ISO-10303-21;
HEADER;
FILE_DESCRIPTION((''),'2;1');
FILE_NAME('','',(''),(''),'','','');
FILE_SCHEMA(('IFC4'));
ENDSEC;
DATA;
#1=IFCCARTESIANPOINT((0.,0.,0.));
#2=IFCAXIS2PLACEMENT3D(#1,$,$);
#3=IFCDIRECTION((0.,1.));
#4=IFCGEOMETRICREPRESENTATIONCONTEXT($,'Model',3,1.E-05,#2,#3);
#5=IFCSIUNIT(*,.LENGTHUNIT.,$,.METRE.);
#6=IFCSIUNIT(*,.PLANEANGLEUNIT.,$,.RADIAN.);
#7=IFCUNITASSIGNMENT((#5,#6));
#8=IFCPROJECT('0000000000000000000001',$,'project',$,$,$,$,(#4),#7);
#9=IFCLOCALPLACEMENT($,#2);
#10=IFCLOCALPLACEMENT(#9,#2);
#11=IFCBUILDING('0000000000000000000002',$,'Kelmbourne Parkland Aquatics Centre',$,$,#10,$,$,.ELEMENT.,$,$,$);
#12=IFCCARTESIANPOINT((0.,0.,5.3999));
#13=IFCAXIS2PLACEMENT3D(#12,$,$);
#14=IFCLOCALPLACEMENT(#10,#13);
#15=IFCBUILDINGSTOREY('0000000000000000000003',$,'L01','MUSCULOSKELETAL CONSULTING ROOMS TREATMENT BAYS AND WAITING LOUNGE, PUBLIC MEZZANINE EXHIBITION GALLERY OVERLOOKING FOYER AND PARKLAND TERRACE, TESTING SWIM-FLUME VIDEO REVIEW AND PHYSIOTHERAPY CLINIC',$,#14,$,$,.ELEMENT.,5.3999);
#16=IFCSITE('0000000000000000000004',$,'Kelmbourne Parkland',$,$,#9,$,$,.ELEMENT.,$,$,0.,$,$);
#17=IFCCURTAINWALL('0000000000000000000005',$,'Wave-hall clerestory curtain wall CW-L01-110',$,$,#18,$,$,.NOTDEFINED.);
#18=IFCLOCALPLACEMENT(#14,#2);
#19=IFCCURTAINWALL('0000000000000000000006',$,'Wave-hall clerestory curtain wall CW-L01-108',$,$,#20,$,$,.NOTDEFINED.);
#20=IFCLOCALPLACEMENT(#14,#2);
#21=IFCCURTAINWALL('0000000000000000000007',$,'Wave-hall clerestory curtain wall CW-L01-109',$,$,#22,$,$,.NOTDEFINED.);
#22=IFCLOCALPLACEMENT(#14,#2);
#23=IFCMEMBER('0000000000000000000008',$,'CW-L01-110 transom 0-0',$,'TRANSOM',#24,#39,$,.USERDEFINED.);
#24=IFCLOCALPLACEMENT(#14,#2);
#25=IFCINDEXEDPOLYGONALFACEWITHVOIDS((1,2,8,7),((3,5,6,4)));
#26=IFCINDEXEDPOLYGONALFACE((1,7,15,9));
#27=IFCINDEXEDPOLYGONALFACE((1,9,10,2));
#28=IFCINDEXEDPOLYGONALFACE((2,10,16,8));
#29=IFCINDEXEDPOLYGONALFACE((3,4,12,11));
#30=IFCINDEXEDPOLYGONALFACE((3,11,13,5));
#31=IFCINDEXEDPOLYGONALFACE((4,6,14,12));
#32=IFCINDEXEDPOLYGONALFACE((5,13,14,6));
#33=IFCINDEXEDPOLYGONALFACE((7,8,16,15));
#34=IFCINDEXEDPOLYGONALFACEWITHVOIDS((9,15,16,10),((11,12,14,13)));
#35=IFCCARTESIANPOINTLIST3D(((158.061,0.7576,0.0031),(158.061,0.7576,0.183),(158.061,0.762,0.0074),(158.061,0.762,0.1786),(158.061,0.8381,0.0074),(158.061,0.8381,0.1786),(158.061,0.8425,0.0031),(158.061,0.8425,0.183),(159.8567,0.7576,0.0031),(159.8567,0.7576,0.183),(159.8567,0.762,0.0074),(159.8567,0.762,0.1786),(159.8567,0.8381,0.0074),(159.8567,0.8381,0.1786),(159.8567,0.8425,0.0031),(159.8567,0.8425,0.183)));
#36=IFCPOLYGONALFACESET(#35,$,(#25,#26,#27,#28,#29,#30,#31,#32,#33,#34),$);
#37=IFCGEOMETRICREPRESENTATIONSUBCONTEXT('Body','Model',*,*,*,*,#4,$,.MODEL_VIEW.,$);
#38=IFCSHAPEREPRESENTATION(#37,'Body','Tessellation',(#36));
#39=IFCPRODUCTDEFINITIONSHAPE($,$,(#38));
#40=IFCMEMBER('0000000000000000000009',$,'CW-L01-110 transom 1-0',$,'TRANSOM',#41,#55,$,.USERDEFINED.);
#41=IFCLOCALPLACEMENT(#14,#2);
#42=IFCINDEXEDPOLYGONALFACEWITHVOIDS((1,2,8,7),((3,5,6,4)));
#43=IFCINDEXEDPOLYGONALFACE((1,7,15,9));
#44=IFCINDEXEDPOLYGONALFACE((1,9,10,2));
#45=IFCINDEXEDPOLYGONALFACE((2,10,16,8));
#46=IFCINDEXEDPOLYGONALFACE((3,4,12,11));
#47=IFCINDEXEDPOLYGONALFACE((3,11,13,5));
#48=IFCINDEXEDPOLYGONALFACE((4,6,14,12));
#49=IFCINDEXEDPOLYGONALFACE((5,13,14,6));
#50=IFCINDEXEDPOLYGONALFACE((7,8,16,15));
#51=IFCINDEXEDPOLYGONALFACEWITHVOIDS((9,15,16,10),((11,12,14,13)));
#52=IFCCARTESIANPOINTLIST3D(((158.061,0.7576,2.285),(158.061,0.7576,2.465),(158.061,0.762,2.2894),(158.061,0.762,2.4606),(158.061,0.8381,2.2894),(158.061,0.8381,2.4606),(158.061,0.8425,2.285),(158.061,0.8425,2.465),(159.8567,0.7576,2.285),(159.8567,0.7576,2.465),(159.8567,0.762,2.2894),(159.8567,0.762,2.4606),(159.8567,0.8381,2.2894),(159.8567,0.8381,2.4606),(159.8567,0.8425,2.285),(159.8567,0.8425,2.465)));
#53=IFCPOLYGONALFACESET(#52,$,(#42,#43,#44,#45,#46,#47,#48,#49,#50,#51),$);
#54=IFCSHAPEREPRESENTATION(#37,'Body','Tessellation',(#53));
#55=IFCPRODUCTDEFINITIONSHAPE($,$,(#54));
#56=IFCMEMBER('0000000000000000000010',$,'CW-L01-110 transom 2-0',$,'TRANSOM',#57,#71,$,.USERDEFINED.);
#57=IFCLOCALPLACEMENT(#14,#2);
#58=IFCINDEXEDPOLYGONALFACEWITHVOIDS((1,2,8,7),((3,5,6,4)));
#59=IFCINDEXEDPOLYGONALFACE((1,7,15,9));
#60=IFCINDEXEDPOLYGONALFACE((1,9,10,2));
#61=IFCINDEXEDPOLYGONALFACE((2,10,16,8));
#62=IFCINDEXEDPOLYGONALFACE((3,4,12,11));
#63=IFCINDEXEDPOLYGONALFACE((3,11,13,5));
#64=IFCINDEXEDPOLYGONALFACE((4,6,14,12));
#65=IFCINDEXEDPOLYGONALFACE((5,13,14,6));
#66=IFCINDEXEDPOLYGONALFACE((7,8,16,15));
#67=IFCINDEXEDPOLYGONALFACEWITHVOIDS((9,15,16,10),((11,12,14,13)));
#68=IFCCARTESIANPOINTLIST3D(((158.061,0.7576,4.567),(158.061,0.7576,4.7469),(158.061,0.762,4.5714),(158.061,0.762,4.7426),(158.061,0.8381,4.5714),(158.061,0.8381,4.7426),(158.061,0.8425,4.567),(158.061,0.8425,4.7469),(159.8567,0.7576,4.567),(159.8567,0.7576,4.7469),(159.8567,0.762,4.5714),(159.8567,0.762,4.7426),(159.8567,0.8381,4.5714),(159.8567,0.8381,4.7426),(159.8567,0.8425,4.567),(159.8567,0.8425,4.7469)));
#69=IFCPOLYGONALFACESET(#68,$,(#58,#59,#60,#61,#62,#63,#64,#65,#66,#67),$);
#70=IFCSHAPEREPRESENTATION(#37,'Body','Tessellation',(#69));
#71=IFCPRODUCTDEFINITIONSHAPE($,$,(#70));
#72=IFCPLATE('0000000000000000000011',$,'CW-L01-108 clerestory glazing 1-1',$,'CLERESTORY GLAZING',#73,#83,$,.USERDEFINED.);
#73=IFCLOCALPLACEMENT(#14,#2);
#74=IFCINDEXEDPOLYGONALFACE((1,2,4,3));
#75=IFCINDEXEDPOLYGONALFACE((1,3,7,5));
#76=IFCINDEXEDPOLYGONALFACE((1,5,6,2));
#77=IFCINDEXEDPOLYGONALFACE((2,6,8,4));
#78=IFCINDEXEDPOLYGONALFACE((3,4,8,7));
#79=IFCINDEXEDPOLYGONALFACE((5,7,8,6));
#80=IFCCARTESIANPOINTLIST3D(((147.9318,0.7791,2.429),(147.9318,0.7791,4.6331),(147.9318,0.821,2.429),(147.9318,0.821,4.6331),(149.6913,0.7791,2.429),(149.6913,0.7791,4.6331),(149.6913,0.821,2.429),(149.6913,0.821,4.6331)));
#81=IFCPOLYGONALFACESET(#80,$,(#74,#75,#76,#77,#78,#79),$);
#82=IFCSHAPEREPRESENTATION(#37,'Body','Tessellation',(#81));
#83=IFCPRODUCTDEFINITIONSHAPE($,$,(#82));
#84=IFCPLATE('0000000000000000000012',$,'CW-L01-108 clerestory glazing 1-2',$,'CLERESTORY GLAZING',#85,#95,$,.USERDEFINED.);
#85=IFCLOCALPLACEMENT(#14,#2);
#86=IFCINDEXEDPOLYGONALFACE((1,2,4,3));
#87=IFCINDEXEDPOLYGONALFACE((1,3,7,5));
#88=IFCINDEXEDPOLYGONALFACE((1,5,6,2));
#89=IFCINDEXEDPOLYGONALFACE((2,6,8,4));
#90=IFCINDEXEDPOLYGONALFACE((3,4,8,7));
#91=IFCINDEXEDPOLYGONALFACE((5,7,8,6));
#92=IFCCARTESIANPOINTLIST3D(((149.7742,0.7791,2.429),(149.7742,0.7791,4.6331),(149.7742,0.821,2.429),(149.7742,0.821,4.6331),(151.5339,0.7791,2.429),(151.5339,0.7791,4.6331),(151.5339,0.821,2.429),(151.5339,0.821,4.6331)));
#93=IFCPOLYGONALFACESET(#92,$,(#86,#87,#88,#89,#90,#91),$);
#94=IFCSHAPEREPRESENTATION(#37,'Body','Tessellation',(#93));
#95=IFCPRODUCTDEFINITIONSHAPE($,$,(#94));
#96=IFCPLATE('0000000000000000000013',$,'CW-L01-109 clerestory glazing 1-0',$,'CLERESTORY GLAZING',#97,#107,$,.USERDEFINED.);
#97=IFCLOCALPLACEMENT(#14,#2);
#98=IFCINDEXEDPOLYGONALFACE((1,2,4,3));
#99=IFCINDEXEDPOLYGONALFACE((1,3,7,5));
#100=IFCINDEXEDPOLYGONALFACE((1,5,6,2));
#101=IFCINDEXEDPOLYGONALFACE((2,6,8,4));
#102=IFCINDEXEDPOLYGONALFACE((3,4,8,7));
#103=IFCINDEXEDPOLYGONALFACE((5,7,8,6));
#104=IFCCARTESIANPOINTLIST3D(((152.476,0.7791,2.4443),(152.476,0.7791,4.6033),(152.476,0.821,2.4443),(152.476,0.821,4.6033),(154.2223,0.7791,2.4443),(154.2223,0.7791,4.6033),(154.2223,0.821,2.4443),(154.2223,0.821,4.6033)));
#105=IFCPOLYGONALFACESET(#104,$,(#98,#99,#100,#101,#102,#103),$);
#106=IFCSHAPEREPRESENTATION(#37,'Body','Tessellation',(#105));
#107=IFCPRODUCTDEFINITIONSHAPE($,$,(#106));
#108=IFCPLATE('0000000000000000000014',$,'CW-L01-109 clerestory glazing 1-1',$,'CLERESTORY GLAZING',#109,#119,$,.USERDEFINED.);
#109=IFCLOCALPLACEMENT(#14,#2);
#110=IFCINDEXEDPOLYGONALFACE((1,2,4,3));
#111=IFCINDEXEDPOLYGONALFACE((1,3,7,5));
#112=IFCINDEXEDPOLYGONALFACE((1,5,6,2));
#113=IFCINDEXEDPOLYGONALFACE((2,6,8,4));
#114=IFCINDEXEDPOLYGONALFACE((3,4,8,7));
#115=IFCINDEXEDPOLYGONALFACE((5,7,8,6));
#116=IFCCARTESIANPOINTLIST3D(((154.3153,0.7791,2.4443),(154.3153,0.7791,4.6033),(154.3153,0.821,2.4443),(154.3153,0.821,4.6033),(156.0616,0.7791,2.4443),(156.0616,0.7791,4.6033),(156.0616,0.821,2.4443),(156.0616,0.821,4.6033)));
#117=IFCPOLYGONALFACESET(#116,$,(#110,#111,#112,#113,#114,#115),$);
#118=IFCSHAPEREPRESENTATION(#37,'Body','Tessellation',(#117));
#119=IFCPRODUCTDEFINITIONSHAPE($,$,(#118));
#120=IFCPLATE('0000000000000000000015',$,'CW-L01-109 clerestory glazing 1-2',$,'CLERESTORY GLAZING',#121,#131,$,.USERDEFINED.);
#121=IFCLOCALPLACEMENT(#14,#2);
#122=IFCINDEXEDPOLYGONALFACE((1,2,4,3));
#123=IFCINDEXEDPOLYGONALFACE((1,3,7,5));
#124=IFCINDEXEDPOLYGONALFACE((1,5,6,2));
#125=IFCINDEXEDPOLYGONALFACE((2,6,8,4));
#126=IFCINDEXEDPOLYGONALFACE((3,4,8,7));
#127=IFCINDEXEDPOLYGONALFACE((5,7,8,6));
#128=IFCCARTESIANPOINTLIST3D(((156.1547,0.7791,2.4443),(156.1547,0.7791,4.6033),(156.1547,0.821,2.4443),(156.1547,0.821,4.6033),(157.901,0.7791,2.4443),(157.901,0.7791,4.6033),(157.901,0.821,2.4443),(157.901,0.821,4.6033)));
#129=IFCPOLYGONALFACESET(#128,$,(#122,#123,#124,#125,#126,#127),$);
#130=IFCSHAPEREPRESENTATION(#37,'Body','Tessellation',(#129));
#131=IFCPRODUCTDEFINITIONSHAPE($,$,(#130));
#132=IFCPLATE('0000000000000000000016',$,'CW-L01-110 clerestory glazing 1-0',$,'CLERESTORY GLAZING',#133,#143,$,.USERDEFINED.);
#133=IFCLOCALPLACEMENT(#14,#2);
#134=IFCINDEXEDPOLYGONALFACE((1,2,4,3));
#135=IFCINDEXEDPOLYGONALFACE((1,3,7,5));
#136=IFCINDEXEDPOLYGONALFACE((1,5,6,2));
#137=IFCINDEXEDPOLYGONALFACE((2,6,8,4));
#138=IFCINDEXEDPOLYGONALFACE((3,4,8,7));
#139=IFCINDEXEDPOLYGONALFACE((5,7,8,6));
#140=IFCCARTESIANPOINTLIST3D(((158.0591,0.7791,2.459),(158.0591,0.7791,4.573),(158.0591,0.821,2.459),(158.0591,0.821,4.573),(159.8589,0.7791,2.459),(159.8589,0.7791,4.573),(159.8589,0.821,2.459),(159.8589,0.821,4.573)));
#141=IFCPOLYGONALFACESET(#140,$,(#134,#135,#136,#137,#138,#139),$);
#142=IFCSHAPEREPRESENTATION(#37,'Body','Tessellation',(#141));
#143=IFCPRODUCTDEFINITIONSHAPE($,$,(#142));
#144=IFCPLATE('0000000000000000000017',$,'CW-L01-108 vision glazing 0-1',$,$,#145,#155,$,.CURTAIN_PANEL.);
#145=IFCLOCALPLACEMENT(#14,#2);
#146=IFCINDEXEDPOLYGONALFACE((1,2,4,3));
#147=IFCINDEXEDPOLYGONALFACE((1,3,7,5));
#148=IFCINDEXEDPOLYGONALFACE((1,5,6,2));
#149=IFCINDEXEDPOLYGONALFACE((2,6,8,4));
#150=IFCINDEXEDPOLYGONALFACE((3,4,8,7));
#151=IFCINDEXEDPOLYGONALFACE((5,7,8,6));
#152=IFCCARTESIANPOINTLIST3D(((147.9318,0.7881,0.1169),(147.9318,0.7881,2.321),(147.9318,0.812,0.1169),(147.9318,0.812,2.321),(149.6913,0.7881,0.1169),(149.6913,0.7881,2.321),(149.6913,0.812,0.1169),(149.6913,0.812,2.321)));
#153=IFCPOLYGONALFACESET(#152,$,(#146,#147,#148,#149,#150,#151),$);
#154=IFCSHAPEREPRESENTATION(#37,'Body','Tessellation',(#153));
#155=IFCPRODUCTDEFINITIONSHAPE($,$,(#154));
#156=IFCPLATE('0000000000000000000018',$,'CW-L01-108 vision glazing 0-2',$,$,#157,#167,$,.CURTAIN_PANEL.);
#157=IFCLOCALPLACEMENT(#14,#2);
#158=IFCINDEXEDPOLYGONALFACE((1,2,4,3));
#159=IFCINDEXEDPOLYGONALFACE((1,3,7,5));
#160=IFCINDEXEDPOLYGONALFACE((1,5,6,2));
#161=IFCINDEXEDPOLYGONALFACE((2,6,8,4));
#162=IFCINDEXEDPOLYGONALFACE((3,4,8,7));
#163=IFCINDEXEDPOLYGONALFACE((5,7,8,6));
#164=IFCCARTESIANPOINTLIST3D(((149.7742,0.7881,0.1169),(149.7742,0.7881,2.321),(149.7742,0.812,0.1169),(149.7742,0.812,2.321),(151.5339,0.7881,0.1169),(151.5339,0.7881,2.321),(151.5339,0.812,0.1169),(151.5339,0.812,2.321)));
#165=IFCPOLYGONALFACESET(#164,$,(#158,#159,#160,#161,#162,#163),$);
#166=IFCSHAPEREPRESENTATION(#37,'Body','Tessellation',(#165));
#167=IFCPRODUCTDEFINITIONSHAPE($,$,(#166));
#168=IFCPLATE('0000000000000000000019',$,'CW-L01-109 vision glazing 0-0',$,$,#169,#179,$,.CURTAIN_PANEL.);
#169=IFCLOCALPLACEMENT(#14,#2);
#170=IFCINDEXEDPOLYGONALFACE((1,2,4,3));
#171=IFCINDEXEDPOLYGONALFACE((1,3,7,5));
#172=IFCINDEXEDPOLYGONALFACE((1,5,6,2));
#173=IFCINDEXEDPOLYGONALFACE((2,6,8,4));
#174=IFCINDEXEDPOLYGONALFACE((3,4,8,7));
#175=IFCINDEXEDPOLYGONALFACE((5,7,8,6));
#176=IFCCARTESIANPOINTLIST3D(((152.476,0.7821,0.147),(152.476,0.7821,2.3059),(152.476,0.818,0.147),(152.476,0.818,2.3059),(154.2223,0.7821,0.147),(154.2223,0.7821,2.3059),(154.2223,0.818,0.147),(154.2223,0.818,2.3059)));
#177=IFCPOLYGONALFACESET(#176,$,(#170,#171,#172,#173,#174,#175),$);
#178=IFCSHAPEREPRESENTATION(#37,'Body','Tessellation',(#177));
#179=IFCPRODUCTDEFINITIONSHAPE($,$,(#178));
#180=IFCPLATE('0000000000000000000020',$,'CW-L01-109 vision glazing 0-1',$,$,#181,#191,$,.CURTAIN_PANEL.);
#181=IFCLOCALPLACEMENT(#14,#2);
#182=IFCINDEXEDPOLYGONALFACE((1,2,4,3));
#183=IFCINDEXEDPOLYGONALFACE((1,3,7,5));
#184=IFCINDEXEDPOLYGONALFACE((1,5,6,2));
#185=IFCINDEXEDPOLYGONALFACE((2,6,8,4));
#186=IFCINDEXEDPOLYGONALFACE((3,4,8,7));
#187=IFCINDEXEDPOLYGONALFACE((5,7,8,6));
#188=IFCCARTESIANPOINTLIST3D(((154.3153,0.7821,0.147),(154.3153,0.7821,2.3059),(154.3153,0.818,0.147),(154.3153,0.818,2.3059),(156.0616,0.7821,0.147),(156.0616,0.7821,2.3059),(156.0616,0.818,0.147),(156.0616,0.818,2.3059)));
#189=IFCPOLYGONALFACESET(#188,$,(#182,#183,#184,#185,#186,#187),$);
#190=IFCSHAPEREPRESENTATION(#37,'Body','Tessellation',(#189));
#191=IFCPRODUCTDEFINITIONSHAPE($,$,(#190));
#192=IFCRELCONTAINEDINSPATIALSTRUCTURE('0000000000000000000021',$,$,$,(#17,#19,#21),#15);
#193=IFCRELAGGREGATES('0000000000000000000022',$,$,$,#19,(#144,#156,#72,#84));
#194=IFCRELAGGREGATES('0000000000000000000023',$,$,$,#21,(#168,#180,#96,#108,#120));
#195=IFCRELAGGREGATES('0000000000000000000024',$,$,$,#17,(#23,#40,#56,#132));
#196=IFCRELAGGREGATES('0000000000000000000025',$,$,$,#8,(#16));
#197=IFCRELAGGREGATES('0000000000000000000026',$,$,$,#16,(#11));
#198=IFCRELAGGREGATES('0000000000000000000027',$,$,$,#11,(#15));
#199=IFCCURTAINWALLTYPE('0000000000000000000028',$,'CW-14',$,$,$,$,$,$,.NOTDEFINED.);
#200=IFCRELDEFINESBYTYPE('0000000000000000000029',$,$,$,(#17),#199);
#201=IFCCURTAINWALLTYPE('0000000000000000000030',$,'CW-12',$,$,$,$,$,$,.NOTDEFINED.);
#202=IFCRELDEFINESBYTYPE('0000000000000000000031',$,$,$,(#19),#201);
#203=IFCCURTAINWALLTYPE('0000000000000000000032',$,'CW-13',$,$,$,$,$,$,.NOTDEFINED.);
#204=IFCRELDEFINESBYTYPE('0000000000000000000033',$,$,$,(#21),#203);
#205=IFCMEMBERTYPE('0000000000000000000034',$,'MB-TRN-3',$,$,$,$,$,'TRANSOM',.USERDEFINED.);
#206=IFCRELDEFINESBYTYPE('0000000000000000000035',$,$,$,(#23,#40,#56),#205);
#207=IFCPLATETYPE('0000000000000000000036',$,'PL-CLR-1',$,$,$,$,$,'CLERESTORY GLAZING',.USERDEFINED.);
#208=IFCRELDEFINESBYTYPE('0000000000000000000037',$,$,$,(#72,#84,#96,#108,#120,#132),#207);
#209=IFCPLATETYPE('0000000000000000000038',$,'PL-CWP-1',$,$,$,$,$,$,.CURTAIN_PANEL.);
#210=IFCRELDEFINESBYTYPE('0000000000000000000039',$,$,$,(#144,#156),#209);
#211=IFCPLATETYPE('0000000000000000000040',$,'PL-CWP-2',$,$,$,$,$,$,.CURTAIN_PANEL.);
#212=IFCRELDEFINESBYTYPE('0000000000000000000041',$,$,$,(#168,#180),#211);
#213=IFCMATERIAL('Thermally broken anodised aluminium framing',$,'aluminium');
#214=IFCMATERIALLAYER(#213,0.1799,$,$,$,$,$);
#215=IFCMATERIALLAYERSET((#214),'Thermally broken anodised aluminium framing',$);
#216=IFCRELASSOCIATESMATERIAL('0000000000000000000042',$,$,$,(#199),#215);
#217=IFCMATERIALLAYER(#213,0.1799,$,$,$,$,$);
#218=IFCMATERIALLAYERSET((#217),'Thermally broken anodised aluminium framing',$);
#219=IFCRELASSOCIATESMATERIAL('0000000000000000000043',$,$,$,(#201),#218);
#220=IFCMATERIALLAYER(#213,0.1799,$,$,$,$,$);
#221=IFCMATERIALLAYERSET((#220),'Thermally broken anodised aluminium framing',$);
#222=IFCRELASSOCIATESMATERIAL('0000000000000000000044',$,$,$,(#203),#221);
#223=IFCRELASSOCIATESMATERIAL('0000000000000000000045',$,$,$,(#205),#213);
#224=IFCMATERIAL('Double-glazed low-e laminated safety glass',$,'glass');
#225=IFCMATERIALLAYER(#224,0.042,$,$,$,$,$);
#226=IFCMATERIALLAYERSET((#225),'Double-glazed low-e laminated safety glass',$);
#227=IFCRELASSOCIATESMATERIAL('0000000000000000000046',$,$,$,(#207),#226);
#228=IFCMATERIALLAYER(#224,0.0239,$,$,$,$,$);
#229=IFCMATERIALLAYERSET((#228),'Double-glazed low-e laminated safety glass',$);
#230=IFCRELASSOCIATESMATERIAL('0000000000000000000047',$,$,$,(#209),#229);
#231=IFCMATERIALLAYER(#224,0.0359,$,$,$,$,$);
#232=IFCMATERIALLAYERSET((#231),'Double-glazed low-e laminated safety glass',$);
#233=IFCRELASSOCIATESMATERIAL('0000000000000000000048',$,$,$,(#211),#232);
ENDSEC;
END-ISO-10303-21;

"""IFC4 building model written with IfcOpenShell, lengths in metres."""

from ifc_helpers import new_model, si_unit, direction, frame, origin, origin_2d, place, context, subcontext, project, spatial, rectangle, hollow_rectangle, extrude, material, layer, layer_set, material_profile, profile_set, type_object, element, aggregate, save


model = new_model("IFC4")

# Units and contexts
model_context = context("Model", 3, precision=1e-05, world=origin(), true_north=direction((0.0, 1.0)))
body_context = subcontext(model_context, "Body", "Model", "MODEL_VIEW")
ifc_project = project(units=[si_unit("LENGTHUNIT", "METRE"), si_unit("PLANEANGLEUNIT", "RADIAN")], contexts=[model_context])

# Site, building, storey
site_placement = place(None, origin())
site = spatial("IfcSite", under=ifc_project, at=site_placement, Name="Kelmbourne Parkland", CompositionType="ELEMENT", RefElevation=0.0)
building_placement = place(site_placement, origin())
building = spatial("IfcBuilding", under=site, at=building_placement, Name="Kelmbourne Parkland Aquatics Centre", CompositionType="ELEMENT")
storey_placement = place(building_placement, frame((0.0, 0.0, 5.3999)))
storey = spatial("IfcBuildingStorey", under=building, at=storey_placement, Name="L01", Description="MUSCULOSKELETAL CONSULTING ROOMS TREATMENT BAYS AND WAITING LOUNGE, PUBLIC MEZZANINE EXHIBITION GALLERY OVERLOOKING FOYER AND PARKLAND TERRACE, TESTING SWIM-FLUME VIDEO REVIEW AND PHYSIOTHERAPY CLINIC", CompositionType="ELEMENT", Elevation=5.3999)

# Curtain wall
ifc_material_1 = material(Name="Thermally broken anodised aluminium framing", Category="aluminium")
ifc_layer_1 = layer(ifc_material_1, 0.1799)
ifc_layer_set_1 = layer_set([ifc_layer_1], Name="Thermally broken anodised aluminium framing")
curtain_wall_type_1 = type_object("IfcCurtainWallType", Name="CW-14", PredefinedType="NOTDEFINED", material=ifc_layer_set_1)
curtain_wall_1_placement = place(storey_placement, origin())
curtain_wall_1 = element("IfcCurtainWall", 1, at=curtain_wall_1_placement, inside=storey, type_object=curtain_wall_type_1, Name="Wave-hall clerestory curtain wall CW-L01-110", PredefinedType="NOTDEFINED")

# Curtain walls
ifc_layer_2 = layer(ifc_material_1, 0.1799)
ifc_layer_set_2 = layer_set([ifc_layer_2], Name="Thermally broken anodised aluminium framing")
curtain_wall_type_2 = type_object("IfcCurtainWallType", Name="CW-12", PredefinedType="NOTDEFINED", material=ifc_layer_set_2)
curtain_wall_2_placement = place(storey_placement, origin())
curtain_wall_2 = element("IfcCurtainWall", 2, at=curtain_wall_2_placement, inside=storey, type_object=curtain_wall_type_2, Name="Wave-hall clerestory curtain wall CW-L01-108", PredefinedType="NOTDEFINED")
ifc_layer_3 = layer(ifc_material_1, 0.1799)
ifc_layer_set_3 = layer_set([ifc_layer_3], Name="Thermally broken anodised aluminium framing")
curtain_wall_type_3 = type_object("IfcCurtainWallType", Name="CW-13", PredefinedType="NOTDEFINED", material=ifc_layer_set_3)
curtain_wall_3_placement = place(storey_placement, origin())
curtain_wall_3 = element("IfcCurtainWall", 3, at=curtain_wall_3_placement, inside=storey, type_object=curtain_wall_type_3, Name="Wave-hall clerestory curtain wall CW-L01-109", PredefinedType="NOTDEFINED")

# Members
ifc_material_profile_1 = material_profile(ifc_material_1, hollow_rectangle(XDim=0.085, YDim=0.1799, WallThickness=0.0044, at=origin_2d()), Name="CW-T 85x180")
ifc_profile_set_1 = profile_set([ifc_material_profile_1], Name="Thermally broken anodised aluminium framing")
member_type_1 = type_object("IfcMemberType", Name="MB-TRN-3", ElementType="TRANSOM", PredefinedType="USERDEFINED", material=ifc_profile_set_1)
member_1_placement = place(storey_placement, frame((158.061, 0.8, 0.093), z_axis=(1.0, 0.0, 0.0), x_axis=(0.0, 1.0, 0.0)))
member_1 = element("IfcMember", 4, at=member_1_placement, type_object=member_type_1, Name="CW-L01-110 transom 0-0", ObjectType="TRANSOM", PredefinedType="USERDEFINED", context=body_context, shape_type="SweptSolid", body=[
    extrude(hollow_rectangle(XDim=0.085, YDim=0.1799, WallThickness=0.0044, at=origin_2d()), origin(), (0.0, 0.0, 1.0), 1.7957),
])
member_2_placement = place(storey_placement, frame((158.061, 0.8, 2.375), z_axis=(1.0, 0.0, 0.0), x_axis=(0.0, 1.0, 0.0)))
member_2 = element("IfcMember", 5, at=member_2_placement, type_object=member_type_1, Name="CW-L01-110 transom 1-0", ObjectType="TRANSOM", PredefinedType="USERDEFINED", context=body_context, shape_type="SweptSolid", body=[
    extrude(hollow_rectangle(XDim=0.085, YDim=0.1799, WallThickness=0.0044, at=origin_2d()), origin(), (0.0, 0.0, 1.0), 1.7957),
])
member_3_placement = place(storey_placement, frame((158.061, 0.8, 4.657), z_axis=(1.0, 0.0, 0.0), x_axis=(0.0, 1.0, 0.0)))
member_3 = element("IfcMember", 6, at=member_3_placement, type_object=member_type_1, Name="CW-L01-110 transom 2-0", ObjectType="TRANSOM", PredefinedType="USERDEFINED", context=body_context, shape_type="SweptSolid", body=[
    extrude(hollow_rectangle(XDim=0.085, YDim=0.1799, WallThickness=0.0044, at=origin_2d()), origin(), (0.0, 0.0, 1.0), 1.7957),
])

# Plates
ifc_material_2 = material(Name="Double-glazed low-e laminated safety glass", Category="glass")
ifc_layer_4 = layer(ifc_material_2, 0.042)
ifc_layer_set_4 = layer_set([ifc_layer_4], Name="Double-glazed low-e laminated safety glass")
plate_type_1 = type_object("IfcPlateType", Name="PL-CLR-1", ElementType="CLERESTORY GLAZING", PredefinedType="USERDEFINED", material=ifc_layer_set_4)
plate_1_placement = place(storey_placement, frame((148.8115, 0.8, 2.429), z_axis=(0.0, 0.0, 1.0), x_axis=(1.0, 0.0, 0.0)))
plate_1 = element("IfcPlate", 7, at=plate_1_placement, type_object=plate_type_1, Name="CW-L01-108 clerestory glazing 1-1", ObjectType="CLERESTORY GLAZING", PredefinedType="USERDEFINED", context=body_context, shape_type="SweptSolid", body=[
    extrude(rectangle(XDim=1.7595, YDim=0.042, at=origin_2d()), origin(), (0.0, 0.0, 1.0), 2.2041),
])
plate_2_placement = place(storey_placement, frame((150.6541, 0.8, 2.429), z_axis=(0.0, 0.0, 1.0), x_axis=(1.0, 0.0, 0.0)))
plate_2 = element("IfcPlate", 8, at=plate_2_placement, type_object=plate_type_1, Name="CW-L01-108 clerestory glazing 1-2", ObjectType="CLERESTORY GLAZING", PredefinedType="USERDEFINED", context=body_context, shape_type="SweptSolid", body=[
    extrude(rectangle(XDim=1.7598, YDim=0.042, at=origin_2d()), origin(), (0.0, 0.0, 1.0), 2.2041),
])
plate_3_placement = place(storey_placement, frame((153.3491, 0.8, 2.4443), z_axis=(0.0, 0.0, 1.0), x_axis=(1.0, 0.0, 0.0)))
plate_3 = element("IfcPlate", 9, at=plate_3_placement, type_object=plate_type_1, Name="CW-L01-109 clerestory glazing 1-0", ObjectType="CLERESTORY GLAZING", PredefinedType="USERDEFINED", context=body_context, shape_type="SweptSolid", body=[
    extrude(rectangle(XDim=1.7463, YDim=0.042, at=origin_2d()), origin(), (0.0, 0.0, 1.0), 2.1589),
])
plate_4_placement = place(storey_placement, frame((155.1885, 0.8, 2.4443), z_axis=(0.0, 0.0, 1.0), x_axis=(1.0, 0.0, 0.0)))
plate_4 = element("IfcPlate", 10, at=plate_4_placement, type_object=plate_type_1, Name="CW-L01-109 clerestory glazing 1-1", ObjectType="CLERESTORY GLAZING", PredefinedType="USERDEFINED", context=body_context, shape_type="SweptSolid", body=[
    extrude(rectangle(XDim=1.7463, YDim=0.042, at=origin_2d()), origin(), (0.0, 0.0, 1.0), 2.1589),
])
plate_5_placement = place(storey_placement, frame((157.0278, 0.8, 2.4443), z_axis=(0.0, 0.0, 1.0), x_axis=(1.0, 0.0, 0.0)))
plate_5 = element("IfcPlate", 11, at=plate_5_placement, type_object=plate_type_1, Name="CW-L01-109 clerestory glazing 1-2", ObjectType="CLERESTORY GLAZING", PredefinedType="USERDEFINED", context=body_context, shape_type="SweptSolid", body=[
    extrude(rectangle(XDim=1.7463, YDim=0.042, at=origin_2d()), origin(), (0.0, 0.0, 1.0), 2.1589),
])
plate_6_placement = place(storey_placement, frame((158.959, 0.8, 2.459), z_axis=(0.0, 0.0, 1.0), x_axis=(1.0, 0.0, 0.0)))
plate_6 = element("IfcPlate", 12, at=plate_6_placement, type_object=plate_type_1, Name="CW-L01-110 clerestory glazing 1-0", ObjectType="CLERESTORY GLAZING", PredefinedType="USERDEFINED", context=body_context, shape_type="SweptSolid", body=[
    extrude(rectangle(XDim=1.7998, YDim=0.042, at=origin_2d()), origin(), (0.0, 0.0, 1.0), 2.114),
])
ifc_layer_5 = layer(ifc_material_2, 0.0239)
ifc_layer_set_5 = layer_set([ifc_layer_5], Name="Double-glazed low-e laminated safety glass")
plate_type_2 = type_object("IfcPlateType", Name="PL-CWP-1", PredefinedType="CURTAIN_PANEL", material=ifc_layer_set_5)
plate_7_placement = place(storey_placement, frame((148.8115, 0.8, 0.1169), z_axis=(0.0, 0.0, 1.0), x_axis=(1.0, 0.0, 0.0)))
plate_7 = element("IfcPlate", 13, at=plate_7_placement, type_object=plate_type_2, Name="CW-L01-108 vision glazing 0-1", PredefinedType="CURTAIN_PANEL", context=body_context, shape_type="SweptSolid", body=[
    extrude(rectangle(XDim=1.7595, YDim=0.0239, at=origin_2d()), origin(), (0.0, 0.0, 1.0), 2.2041),
])
plate_8_placement = place(storey_placement, frame((150.6541, 0.8, 0.1169), z_axis=(0.0, 0.0, 1.0), x_axis=(1.0, 0.0, 0.0)))
plate_8 = element("IfcPlate", 14, at=plate_8_placement, type_object=plate_type_2, Name="CW-L01-108 vision glazing 0-2", PredefinedType="CURTAIN_PANEL", context=body_context, shape_type="SweptSolid", body=[
    extrude(rectangle(XDim=1.7598, YDim=0.0239, at=origin_2d()), origin(), (0.0, 0.0, 1.0), 2.2041),
])
aggregate(curtain_wall_2, [plate_7, plate_8, plate_1, plate_2])
ifc_layer_6 = layer(ifc_material_2, 0.0359)
ifc_layer_set_6 = layer_set([ifc_layer_6], Name="Double-glazed low-e laminated safety glass")
plate_type_3 = type_object("IfcPlateType", Name="PL-CWP-2", PredefinedType="CURTAIN_PANEL", material=ifc_layer_set_6)
plate_9_placement = place(storey_placement, frame((153.3491, 0.8, 0.147), z_axis=(0.0, 0.0, 1.0), x_axis=(1.0, 0.0, 0.0)))
plate_9 = element("IfcPlate", 15, at=plate_9_placement, type_object=plate_type_3, Name="CW-L01-109 vision glazing 0-0", PredefinedType="CURTAIN_PANEL", context=body_context, shape_type="SweptSolid", body=[
    extrude(rectangle(XDim=1.7463, YDim=0.0359, at=origin_2d()), origin(), (0.0, 0.0, 1.0), 2.1589),
])
plate_10_placement = place(storey_placement, frame((155.1885, 0.8, 0.147), z_axis=(0.0, 0.0, 1.0), x_axis=(1.0, 0.0, 0.0)))
plate_10 = element("IfcPlate", 16, at=plate_10_placement, type_object=plate_type_3, Name="CW-L01-109 vision glazing 0-1", PredefinedType="CURTAIN_PANEL", context=body_context, shape_type="SweptSolid", body=[
    extrude(rectangle(XDim=1.7463, YDim=0.0359, at=origin_2d()), origin(), (0.0, 0.0, 1.0), 2.1589),
])
aggregate(curtain_wall_3, [plate_9, plate_10, plate_3, plate_4, plate_5])
aggregate(curtain_wall_1, [member_1, member_2, member_3, plate_6])

save(model, "model.ifc")
